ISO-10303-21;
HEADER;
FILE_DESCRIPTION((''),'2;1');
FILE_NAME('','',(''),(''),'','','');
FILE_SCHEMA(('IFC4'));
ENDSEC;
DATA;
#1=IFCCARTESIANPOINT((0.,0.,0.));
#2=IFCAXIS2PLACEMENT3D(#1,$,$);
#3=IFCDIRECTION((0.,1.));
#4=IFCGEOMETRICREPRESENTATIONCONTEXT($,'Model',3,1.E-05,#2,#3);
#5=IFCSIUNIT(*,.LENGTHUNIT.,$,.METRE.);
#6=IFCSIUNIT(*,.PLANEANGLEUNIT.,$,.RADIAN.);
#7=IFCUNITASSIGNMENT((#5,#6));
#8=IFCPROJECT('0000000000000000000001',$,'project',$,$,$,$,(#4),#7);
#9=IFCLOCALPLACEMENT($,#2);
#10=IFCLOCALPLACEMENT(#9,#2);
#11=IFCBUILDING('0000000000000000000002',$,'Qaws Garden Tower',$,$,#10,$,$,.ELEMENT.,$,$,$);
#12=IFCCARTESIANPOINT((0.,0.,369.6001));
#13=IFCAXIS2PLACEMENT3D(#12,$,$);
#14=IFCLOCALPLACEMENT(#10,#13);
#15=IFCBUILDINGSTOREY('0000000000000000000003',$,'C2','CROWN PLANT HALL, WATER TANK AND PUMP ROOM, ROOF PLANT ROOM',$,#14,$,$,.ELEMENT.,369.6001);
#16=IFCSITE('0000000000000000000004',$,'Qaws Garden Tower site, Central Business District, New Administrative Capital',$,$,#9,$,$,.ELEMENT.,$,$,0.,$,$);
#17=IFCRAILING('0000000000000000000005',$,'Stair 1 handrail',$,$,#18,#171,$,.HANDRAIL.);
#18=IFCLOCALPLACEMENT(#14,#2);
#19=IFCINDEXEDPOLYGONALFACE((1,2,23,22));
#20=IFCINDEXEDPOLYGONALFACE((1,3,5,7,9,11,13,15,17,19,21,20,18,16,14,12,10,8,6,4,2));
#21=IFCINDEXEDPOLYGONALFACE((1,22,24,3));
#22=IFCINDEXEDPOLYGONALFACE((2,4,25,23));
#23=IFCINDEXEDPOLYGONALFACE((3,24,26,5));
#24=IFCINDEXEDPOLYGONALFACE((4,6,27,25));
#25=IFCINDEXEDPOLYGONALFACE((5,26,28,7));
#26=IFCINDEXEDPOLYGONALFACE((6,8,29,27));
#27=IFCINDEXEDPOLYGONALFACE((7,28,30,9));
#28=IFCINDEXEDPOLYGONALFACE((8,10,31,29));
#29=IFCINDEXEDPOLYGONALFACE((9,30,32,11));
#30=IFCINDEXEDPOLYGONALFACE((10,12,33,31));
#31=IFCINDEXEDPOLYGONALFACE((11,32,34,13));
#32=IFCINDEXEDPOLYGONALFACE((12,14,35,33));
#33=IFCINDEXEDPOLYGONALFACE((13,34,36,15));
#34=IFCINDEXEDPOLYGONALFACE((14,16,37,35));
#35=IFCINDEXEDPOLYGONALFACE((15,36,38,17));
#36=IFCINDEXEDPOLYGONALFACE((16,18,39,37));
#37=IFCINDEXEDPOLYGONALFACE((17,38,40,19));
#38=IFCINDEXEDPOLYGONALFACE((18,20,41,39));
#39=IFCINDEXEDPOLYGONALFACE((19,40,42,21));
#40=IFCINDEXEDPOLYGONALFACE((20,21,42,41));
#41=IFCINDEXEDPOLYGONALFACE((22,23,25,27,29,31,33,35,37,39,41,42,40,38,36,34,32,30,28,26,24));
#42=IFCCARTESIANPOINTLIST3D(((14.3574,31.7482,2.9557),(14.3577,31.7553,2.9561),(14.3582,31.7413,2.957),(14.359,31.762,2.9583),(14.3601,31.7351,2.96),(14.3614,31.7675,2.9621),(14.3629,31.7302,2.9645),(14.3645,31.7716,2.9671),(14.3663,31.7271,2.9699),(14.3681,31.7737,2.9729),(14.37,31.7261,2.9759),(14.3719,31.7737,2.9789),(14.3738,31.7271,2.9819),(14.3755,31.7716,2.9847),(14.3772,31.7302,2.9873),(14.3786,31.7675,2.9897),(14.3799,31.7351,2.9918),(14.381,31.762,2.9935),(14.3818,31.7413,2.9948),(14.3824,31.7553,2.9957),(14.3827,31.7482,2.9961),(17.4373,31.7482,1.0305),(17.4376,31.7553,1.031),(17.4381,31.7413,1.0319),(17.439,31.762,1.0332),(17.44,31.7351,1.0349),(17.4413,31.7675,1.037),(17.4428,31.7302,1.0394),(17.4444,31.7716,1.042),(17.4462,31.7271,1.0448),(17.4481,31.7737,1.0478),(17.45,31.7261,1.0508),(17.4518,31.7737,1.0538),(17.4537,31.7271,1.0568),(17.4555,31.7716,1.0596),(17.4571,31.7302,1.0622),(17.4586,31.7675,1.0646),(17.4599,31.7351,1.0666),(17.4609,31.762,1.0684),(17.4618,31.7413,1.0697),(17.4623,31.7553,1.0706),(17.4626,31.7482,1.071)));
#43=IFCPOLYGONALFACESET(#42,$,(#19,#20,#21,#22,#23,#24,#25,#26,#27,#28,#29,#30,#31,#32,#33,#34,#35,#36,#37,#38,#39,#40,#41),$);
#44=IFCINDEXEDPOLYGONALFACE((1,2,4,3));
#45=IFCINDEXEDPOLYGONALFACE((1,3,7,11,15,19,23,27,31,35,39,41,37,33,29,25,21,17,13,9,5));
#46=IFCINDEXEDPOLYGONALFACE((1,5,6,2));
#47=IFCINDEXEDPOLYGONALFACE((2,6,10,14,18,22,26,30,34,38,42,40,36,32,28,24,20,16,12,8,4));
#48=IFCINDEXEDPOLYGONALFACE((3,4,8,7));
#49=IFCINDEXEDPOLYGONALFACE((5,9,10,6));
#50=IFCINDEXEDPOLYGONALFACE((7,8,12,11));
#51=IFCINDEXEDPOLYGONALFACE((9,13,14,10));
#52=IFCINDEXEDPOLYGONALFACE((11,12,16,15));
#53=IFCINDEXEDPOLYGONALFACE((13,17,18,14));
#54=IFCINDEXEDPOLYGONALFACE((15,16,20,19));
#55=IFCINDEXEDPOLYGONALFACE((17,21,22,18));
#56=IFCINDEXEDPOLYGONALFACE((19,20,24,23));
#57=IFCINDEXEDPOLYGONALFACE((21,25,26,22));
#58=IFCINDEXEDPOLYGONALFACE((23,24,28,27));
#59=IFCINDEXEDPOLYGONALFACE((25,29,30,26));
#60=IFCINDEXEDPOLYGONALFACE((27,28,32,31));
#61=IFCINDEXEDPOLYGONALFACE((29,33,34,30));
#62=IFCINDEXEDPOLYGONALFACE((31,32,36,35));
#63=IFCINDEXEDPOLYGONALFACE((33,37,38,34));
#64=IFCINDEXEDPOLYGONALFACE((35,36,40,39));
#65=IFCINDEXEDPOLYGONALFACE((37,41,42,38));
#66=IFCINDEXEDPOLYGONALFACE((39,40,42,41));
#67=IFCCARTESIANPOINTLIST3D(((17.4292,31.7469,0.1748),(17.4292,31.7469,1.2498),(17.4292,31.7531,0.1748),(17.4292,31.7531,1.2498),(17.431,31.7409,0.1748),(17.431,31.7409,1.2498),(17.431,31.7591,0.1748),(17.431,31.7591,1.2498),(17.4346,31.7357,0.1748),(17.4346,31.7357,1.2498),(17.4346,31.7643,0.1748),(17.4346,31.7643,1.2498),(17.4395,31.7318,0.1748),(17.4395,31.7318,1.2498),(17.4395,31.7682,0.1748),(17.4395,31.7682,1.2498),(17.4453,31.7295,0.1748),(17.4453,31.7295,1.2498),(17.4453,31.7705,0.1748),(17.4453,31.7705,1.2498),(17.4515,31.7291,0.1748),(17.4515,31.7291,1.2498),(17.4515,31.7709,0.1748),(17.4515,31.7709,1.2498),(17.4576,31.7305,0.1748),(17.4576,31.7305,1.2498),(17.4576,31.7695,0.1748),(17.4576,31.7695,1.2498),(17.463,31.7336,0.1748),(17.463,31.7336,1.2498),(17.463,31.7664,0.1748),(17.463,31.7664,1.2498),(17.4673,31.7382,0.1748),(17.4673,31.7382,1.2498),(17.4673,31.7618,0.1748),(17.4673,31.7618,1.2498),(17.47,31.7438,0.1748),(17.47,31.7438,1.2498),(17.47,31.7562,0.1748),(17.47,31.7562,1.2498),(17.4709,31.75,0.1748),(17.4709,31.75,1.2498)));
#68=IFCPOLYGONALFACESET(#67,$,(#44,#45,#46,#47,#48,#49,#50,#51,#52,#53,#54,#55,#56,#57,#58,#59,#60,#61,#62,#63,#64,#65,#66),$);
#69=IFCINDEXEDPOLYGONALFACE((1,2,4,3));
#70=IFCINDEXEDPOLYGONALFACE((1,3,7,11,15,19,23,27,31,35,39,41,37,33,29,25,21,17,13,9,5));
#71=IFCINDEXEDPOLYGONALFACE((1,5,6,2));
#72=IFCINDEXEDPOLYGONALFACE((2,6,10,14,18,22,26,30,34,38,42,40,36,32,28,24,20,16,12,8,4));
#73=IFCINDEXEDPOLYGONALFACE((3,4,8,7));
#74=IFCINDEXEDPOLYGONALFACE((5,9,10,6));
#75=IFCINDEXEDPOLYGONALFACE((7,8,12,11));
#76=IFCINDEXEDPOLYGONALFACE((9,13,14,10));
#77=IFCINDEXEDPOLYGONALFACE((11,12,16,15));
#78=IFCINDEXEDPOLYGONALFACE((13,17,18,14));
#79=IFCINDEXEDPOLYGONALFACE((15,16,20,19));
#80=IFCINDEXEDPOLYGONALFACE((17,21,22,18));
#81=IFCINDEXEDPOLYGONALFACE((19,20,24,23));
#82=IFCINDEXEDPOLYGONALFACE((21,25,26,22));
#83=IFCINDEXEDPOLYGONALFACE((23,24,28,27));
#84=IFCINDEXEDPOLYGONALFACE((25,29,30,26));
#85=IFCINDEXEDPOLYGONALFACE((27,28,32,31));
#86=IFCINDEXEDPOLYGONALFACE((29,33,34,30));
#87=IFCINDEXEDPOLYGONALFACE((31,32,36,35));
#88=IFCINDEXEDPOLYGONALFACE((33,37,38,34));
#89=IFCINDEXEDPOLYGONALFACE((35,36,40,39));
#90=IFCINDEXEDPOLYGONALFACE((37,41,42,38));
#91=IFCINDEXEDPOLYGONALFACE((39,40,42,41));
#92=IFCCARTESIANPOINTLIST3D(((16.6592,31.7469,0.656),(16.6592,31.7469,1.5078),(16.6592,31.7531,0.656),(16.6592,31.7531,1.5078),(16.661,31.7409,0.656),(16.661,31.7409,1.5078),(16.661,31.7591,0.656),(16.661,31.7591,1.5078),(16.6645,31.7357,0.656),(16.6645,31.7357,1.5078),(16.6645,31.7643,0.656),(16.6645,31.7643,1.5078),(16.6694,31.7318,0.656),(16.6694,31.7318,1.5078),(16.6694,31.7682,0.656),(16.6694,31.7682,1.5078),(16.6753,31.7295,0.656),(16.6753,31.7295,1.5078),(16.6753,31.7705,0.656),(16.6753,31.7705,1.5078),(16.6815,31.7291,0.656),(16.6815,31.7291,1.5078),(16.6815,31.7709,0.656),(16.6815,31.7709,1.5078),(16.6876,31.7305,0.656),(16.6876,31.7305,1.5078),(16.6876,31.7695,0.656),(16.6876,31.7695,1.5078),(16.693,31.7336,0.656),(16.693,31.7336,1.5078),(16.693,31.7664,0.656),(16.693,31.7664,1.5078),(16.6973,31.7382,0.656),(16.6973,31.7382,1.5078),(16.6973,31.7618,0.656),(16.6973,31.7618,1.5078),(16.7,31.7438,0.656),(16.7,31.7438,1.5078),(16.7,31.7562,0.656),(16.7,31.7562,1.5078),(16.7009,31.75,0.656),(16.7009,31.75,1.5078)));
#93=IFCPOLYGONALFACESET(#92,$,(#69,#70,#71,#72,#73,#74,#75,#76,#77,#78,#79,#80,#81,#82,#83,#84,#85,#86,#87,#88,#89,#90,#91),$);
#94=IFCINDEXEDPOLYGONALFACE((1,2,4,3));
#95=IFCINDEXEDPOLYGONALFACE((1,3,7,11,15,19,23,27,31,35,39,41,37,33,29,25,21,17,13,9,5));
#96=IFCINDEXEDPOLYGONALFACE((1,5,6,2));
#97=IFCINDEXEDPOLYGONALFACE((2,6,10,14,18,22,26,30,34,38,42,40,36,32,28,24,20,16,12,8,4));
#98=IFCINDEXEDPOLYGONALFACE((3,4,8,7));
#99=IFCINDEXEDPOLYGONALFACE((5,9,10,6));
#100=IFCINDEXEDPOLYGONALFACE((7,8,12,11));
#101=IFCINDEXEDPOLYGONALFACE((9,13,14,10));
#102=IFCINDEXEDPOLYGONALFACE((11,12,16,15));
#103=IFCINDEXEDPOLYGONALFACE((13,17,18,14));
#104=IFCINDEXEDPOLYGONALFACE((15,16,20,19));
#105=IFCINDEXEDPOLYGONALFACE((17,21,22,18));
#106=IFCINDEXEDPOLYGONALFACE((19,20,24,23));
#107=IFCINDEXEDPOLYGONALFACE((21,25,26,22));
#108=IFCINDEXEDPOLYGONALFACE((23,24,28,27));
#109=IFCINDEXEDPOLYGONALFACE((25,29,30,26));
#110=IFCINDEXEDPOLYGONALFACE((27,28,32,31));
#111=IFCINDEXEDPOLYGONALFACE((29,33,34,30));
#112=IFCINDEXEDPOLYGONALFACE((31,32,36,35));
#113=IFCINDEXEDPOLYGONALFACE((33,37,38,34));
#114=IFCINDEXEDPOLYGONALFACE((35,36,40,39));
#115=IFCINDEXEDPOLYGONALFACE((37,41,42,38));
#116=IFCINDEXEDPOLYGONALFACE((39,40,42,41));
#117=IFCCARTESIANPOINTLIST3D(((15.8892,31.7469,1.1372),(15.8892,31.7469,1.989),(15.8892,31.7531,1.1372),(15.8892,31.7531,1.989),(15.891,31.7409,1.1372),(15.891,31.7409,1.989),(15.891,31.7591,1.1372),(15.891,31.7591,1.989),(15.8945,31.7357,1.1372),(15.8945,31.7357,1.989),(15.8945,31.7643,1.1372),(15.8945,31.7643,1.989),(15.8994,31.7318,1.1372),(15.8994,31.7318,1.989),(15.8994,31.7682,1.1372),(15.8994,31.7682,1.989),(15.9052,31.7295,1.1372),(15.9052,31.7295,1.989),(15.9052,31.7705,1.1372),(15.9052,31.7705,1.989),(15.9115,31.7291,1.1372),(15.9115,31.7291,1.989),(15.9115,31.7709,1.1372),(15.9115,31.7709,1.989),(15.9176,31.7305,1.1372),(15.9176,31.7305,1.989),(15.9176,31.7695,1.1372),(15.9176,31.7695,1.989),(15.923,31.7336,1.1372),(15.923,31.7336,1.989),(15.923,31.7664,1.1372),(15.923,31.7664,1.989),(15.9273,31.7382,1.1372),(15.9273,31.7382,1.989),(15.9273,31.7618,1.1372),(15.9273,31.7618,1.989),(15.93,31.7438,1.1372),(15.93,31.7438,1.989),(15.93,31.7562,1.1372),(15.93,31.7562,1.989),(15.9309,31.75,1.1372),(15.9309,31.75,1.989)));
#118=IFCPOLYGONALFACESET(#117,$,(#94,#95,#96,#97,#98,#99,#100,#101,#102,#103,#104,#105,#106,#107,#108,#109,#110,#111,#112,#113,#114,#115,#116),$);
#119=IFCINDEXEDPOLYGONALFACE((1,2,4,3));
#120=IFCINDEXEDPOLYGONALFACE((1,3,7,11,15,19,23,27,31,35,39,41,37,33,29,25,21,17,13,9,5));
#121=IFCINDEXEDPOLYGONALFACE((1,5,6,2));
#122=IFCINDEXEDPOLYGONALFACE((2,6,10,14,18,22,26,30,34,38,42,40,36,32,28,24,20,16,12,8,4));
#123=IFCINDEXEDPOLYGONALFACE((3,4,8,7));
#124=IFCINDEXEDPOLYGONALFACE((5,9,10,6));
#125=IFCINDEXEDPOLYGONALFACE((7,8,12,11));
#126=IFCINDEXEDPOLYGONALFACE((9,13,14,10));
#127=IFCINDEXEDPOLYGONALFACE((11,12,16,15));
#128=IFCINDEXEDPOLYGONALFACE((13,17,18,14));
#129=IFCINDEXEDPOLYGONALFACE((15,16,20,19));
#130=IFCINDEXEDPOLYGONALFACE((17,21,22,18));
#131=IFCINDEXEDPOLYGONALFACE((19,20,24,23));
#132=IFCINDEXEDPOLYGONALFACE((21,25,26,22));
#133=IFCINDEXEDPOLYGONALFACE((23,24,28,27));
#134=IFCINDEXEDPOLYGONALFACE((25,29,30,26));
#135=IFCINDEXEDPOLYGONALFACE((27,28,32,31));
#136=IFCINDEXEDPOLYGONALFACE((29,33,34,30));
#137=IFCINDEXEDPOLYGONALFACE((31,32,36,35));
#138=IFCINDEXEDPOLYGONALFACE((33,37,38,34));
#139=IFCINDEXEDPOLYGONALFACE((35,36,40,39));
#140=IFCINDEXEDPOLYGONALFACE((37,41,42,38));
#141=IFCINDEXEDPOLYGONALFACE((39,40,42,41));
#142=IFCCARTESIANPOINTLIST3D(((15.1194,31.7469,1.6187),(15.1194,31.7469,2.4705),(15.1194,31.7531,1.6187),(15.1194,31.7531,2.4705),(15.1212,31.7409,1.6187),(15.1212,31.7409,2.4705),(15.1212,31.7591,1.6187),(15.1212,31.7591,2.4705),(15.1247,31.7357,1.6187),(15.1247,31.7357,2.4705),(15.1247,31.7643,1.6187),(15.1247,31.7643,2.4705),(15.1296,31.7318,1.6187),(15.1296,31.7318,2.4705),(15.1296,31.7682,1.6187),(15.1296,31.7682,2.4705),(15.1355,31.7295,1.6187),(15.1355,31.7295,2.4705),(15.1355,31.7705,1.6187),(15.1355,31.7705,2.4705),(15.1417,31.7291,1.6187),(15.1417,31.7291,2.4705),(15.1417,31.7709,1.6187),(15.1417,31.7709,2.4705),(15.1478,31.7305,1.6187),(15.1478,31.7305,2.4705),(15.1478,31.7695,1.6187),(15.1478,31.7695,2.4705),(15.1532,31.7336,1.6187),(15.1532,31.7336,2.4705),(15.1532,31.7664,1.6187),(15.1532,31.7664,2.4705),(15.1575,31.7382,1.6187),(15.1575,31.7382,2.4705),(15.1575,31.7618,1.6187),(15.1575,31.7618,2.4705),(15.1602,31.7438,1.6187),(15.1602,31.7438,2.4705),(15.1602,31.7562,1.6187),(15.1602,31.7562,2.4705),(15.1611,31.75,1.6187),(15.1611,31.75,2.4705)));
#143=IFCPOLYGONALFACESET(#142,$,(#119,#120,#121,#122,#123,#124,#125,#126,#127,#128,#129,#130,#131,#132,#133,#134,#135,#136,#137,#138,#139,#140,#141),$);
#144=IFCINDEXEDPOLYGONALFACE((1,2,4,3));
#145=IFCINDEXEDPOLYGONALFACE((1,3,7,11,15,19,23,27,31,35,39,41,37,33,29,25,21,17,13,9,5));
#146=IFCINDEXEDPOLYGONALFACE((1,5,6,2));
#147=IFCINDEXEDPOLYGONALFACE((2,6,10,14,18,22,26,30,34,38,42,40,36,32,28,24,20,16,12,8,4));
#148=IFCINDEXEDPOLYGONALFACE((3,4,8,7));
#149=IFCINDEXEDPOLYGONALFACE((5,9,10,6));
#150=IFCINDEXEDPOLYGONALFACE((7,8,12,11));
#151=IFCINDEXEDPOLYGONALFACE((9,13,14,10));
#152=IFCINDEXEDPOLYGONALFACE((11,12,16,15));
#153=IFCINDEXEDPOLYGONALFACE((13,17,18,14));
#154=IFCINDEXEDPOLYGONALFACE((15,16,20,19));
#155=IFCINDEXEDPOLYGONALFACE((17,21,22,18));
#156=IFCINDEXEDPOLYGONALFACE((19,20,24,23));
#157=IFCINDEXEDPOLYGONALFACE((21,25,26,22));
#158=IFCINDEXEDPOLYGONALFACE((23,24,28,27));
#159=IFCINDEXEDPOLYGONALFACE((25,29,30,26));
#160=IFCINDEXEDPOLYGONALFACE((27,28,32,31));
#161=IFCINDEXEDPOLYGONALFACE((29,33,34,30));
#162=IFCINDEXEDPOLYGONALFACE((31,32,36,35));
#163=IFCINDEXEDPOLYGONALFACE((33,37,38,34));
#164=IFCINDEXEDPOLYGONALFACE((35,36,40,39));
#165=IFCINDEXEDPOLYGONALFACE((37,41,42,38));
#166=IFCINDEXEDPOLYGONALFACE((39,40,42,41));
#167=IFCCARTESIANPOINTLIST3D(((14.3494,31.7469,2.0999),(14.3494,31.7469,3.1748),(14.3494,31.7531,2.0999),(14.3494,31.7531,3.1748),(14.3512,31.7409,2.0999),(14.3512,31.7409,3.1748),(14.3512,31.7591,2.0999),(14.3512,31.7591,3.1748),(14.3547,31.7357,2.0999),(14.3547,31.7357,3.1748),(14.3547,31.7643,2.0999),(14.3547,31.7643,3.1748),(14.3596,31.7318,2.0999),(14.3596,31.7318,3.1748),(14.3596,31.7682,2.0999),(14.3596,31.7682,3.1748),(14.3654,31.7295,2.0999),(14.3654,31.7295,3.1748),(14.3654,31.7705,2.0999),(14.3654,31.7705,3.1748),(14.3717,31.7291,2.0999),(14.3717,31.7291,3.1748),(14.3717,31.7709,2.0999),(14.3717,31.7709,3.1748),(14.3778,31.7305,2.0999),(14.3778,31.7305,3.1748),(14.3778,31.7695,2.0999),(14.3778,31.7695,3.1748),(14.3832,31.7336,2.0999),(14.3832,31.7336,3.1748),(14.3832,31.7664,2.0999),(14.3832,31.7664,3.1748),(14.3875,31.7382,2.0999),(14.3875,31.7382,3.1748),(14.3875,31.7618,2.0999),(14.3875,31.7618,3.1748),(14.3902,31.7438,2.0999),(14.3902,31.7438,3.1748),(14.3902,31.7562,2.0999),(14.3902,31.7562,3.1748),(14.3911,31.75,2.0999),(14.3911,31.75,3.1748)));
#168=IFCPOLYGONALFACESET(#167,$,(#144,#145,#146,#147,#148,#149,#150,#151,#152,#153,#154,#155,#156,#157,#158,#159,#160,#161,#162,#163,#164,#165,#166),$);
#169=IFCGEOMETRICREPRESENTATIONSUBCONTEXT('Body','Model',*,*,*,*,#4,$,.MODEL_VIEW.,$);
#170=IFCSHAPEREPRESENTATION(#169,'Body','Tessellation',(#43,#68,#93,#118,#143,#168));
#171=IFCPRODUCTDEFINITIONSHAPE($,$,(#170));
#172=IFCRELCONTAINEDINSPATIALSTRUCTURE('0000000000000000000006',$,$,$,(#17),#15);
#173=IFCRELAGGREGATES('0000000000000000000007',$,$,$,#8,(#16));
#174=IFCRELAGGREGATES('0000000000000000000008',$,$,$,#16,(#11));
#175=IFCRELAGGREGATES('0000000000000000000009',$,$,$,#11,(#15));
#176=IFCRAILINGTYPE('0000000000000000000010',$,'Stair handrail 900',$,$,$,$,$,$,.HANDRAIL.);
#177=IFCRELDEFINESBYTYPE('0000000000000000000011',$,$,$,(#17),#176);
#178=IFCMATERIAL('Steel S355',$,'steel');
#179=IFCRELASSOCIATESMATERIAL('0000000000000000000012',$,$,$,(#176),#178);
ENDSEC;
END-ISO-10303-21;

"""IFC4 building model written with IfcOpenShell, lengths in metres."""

from ifc_helpers import new_model, si_unit, direction, frame, origin, origin_2d, place, context, subcontext, project, spatial, circle, extrude, material, type_object, element, save


model = new_model("IFC4")

# Units and contexts
model_context = context("Model", 3, precision=1e-05, world=origin(), true_north=direction((0.0, 1.0)))
body_context = subcontext(model_context, "Body", "Model", "MODEL_VIEW")
ifc_project = project(units=[si_unit("LENGTHUNIT", "METRE"), si_unit("PLANEANGLEUNIT", "RADIAN")], contexts=[model_context])

# Site, building, storey
site_placement = place(None, origin())
site = spatial("IfcSite", under=ifc_project, at=site_placement, Name="Qaws Garden Tower site, Central Business District, New Administrative Capital", CompositionType="ELEMENT", RefElevation=0.0)
building_placement = place(site_placement, origin())
building = spatial("IfcBuilding", under=site, at=building_placement, Name="Qaws Garden Tower", CompositionType="ELEMENT")
storey_placement = place(building_placement, frame((0.0, 0.0, 369.6001)))
storey = spatial("IfcBuildingStorey", under=building, at=storey_placement, Name="C2", Description="CROWN PLANT HALL, WATER TANK AND PUMP ROOM, ROOF PLANT ROOM", CompositionType="ELEMENT", Elevation=369.6001)

# Railing
ifc_material_1 = material(Name="Steel S355", Category="steel")
railing_type = type_object("IfcRailingType", Name="Stair handrail 900", PredefinedType="HANDRAIL", material=ifc_material_1)
railing_placement = place(storey_placement, frame((17.45, 31.75, 0.1748)))
element("IfcRailing", 1, at=railing_placement, inside=storey, type_object=railing_type, Name="Stair 1 handrail", PredefinedType="HANDRAIL", context=body_context, shape_type="SweptSolid", body=[
    extrude(circle(Radius=0.0239, at=origin_2d()), frame((0.0, 0.0, 0.876), z_axis=(-0.847979, 0.0, 0.530029), x_axis=(0.0, -1.0, 0.0)), (0.0, 0.0, 1.0), 3.6321),
    extrude(circle(Radius=0.021, at=origin_2d()), origin(), (0.0, 0.0, 1.0), 1.075),
    extrude(circle(Radius=0.021, at=origin_2d()), frame((-0.77, 0.0, 0.4812)), (0.0, 0.0, 1.0), 0.8518),
    extrude(circle(Radius=0.021, at=origin_2d()), frame((-1.54, 0.0, 0.9624)), (0.0, 0.0, 1.0), 0.8518),
    extrude(circle(Radius=0.021, at=origin_2d()), frame((-2.3098, 0.0, 1.4438)), (0.0, 0.0, 1.0), 0.8518),
    extrude(circle(Radius=0.021, at=origin_2d()), frame((-3.0798, 0.0, 1.925)), (0.0, 0.0, 1.0), 1.075),
])

save(model, "model.ifc")
